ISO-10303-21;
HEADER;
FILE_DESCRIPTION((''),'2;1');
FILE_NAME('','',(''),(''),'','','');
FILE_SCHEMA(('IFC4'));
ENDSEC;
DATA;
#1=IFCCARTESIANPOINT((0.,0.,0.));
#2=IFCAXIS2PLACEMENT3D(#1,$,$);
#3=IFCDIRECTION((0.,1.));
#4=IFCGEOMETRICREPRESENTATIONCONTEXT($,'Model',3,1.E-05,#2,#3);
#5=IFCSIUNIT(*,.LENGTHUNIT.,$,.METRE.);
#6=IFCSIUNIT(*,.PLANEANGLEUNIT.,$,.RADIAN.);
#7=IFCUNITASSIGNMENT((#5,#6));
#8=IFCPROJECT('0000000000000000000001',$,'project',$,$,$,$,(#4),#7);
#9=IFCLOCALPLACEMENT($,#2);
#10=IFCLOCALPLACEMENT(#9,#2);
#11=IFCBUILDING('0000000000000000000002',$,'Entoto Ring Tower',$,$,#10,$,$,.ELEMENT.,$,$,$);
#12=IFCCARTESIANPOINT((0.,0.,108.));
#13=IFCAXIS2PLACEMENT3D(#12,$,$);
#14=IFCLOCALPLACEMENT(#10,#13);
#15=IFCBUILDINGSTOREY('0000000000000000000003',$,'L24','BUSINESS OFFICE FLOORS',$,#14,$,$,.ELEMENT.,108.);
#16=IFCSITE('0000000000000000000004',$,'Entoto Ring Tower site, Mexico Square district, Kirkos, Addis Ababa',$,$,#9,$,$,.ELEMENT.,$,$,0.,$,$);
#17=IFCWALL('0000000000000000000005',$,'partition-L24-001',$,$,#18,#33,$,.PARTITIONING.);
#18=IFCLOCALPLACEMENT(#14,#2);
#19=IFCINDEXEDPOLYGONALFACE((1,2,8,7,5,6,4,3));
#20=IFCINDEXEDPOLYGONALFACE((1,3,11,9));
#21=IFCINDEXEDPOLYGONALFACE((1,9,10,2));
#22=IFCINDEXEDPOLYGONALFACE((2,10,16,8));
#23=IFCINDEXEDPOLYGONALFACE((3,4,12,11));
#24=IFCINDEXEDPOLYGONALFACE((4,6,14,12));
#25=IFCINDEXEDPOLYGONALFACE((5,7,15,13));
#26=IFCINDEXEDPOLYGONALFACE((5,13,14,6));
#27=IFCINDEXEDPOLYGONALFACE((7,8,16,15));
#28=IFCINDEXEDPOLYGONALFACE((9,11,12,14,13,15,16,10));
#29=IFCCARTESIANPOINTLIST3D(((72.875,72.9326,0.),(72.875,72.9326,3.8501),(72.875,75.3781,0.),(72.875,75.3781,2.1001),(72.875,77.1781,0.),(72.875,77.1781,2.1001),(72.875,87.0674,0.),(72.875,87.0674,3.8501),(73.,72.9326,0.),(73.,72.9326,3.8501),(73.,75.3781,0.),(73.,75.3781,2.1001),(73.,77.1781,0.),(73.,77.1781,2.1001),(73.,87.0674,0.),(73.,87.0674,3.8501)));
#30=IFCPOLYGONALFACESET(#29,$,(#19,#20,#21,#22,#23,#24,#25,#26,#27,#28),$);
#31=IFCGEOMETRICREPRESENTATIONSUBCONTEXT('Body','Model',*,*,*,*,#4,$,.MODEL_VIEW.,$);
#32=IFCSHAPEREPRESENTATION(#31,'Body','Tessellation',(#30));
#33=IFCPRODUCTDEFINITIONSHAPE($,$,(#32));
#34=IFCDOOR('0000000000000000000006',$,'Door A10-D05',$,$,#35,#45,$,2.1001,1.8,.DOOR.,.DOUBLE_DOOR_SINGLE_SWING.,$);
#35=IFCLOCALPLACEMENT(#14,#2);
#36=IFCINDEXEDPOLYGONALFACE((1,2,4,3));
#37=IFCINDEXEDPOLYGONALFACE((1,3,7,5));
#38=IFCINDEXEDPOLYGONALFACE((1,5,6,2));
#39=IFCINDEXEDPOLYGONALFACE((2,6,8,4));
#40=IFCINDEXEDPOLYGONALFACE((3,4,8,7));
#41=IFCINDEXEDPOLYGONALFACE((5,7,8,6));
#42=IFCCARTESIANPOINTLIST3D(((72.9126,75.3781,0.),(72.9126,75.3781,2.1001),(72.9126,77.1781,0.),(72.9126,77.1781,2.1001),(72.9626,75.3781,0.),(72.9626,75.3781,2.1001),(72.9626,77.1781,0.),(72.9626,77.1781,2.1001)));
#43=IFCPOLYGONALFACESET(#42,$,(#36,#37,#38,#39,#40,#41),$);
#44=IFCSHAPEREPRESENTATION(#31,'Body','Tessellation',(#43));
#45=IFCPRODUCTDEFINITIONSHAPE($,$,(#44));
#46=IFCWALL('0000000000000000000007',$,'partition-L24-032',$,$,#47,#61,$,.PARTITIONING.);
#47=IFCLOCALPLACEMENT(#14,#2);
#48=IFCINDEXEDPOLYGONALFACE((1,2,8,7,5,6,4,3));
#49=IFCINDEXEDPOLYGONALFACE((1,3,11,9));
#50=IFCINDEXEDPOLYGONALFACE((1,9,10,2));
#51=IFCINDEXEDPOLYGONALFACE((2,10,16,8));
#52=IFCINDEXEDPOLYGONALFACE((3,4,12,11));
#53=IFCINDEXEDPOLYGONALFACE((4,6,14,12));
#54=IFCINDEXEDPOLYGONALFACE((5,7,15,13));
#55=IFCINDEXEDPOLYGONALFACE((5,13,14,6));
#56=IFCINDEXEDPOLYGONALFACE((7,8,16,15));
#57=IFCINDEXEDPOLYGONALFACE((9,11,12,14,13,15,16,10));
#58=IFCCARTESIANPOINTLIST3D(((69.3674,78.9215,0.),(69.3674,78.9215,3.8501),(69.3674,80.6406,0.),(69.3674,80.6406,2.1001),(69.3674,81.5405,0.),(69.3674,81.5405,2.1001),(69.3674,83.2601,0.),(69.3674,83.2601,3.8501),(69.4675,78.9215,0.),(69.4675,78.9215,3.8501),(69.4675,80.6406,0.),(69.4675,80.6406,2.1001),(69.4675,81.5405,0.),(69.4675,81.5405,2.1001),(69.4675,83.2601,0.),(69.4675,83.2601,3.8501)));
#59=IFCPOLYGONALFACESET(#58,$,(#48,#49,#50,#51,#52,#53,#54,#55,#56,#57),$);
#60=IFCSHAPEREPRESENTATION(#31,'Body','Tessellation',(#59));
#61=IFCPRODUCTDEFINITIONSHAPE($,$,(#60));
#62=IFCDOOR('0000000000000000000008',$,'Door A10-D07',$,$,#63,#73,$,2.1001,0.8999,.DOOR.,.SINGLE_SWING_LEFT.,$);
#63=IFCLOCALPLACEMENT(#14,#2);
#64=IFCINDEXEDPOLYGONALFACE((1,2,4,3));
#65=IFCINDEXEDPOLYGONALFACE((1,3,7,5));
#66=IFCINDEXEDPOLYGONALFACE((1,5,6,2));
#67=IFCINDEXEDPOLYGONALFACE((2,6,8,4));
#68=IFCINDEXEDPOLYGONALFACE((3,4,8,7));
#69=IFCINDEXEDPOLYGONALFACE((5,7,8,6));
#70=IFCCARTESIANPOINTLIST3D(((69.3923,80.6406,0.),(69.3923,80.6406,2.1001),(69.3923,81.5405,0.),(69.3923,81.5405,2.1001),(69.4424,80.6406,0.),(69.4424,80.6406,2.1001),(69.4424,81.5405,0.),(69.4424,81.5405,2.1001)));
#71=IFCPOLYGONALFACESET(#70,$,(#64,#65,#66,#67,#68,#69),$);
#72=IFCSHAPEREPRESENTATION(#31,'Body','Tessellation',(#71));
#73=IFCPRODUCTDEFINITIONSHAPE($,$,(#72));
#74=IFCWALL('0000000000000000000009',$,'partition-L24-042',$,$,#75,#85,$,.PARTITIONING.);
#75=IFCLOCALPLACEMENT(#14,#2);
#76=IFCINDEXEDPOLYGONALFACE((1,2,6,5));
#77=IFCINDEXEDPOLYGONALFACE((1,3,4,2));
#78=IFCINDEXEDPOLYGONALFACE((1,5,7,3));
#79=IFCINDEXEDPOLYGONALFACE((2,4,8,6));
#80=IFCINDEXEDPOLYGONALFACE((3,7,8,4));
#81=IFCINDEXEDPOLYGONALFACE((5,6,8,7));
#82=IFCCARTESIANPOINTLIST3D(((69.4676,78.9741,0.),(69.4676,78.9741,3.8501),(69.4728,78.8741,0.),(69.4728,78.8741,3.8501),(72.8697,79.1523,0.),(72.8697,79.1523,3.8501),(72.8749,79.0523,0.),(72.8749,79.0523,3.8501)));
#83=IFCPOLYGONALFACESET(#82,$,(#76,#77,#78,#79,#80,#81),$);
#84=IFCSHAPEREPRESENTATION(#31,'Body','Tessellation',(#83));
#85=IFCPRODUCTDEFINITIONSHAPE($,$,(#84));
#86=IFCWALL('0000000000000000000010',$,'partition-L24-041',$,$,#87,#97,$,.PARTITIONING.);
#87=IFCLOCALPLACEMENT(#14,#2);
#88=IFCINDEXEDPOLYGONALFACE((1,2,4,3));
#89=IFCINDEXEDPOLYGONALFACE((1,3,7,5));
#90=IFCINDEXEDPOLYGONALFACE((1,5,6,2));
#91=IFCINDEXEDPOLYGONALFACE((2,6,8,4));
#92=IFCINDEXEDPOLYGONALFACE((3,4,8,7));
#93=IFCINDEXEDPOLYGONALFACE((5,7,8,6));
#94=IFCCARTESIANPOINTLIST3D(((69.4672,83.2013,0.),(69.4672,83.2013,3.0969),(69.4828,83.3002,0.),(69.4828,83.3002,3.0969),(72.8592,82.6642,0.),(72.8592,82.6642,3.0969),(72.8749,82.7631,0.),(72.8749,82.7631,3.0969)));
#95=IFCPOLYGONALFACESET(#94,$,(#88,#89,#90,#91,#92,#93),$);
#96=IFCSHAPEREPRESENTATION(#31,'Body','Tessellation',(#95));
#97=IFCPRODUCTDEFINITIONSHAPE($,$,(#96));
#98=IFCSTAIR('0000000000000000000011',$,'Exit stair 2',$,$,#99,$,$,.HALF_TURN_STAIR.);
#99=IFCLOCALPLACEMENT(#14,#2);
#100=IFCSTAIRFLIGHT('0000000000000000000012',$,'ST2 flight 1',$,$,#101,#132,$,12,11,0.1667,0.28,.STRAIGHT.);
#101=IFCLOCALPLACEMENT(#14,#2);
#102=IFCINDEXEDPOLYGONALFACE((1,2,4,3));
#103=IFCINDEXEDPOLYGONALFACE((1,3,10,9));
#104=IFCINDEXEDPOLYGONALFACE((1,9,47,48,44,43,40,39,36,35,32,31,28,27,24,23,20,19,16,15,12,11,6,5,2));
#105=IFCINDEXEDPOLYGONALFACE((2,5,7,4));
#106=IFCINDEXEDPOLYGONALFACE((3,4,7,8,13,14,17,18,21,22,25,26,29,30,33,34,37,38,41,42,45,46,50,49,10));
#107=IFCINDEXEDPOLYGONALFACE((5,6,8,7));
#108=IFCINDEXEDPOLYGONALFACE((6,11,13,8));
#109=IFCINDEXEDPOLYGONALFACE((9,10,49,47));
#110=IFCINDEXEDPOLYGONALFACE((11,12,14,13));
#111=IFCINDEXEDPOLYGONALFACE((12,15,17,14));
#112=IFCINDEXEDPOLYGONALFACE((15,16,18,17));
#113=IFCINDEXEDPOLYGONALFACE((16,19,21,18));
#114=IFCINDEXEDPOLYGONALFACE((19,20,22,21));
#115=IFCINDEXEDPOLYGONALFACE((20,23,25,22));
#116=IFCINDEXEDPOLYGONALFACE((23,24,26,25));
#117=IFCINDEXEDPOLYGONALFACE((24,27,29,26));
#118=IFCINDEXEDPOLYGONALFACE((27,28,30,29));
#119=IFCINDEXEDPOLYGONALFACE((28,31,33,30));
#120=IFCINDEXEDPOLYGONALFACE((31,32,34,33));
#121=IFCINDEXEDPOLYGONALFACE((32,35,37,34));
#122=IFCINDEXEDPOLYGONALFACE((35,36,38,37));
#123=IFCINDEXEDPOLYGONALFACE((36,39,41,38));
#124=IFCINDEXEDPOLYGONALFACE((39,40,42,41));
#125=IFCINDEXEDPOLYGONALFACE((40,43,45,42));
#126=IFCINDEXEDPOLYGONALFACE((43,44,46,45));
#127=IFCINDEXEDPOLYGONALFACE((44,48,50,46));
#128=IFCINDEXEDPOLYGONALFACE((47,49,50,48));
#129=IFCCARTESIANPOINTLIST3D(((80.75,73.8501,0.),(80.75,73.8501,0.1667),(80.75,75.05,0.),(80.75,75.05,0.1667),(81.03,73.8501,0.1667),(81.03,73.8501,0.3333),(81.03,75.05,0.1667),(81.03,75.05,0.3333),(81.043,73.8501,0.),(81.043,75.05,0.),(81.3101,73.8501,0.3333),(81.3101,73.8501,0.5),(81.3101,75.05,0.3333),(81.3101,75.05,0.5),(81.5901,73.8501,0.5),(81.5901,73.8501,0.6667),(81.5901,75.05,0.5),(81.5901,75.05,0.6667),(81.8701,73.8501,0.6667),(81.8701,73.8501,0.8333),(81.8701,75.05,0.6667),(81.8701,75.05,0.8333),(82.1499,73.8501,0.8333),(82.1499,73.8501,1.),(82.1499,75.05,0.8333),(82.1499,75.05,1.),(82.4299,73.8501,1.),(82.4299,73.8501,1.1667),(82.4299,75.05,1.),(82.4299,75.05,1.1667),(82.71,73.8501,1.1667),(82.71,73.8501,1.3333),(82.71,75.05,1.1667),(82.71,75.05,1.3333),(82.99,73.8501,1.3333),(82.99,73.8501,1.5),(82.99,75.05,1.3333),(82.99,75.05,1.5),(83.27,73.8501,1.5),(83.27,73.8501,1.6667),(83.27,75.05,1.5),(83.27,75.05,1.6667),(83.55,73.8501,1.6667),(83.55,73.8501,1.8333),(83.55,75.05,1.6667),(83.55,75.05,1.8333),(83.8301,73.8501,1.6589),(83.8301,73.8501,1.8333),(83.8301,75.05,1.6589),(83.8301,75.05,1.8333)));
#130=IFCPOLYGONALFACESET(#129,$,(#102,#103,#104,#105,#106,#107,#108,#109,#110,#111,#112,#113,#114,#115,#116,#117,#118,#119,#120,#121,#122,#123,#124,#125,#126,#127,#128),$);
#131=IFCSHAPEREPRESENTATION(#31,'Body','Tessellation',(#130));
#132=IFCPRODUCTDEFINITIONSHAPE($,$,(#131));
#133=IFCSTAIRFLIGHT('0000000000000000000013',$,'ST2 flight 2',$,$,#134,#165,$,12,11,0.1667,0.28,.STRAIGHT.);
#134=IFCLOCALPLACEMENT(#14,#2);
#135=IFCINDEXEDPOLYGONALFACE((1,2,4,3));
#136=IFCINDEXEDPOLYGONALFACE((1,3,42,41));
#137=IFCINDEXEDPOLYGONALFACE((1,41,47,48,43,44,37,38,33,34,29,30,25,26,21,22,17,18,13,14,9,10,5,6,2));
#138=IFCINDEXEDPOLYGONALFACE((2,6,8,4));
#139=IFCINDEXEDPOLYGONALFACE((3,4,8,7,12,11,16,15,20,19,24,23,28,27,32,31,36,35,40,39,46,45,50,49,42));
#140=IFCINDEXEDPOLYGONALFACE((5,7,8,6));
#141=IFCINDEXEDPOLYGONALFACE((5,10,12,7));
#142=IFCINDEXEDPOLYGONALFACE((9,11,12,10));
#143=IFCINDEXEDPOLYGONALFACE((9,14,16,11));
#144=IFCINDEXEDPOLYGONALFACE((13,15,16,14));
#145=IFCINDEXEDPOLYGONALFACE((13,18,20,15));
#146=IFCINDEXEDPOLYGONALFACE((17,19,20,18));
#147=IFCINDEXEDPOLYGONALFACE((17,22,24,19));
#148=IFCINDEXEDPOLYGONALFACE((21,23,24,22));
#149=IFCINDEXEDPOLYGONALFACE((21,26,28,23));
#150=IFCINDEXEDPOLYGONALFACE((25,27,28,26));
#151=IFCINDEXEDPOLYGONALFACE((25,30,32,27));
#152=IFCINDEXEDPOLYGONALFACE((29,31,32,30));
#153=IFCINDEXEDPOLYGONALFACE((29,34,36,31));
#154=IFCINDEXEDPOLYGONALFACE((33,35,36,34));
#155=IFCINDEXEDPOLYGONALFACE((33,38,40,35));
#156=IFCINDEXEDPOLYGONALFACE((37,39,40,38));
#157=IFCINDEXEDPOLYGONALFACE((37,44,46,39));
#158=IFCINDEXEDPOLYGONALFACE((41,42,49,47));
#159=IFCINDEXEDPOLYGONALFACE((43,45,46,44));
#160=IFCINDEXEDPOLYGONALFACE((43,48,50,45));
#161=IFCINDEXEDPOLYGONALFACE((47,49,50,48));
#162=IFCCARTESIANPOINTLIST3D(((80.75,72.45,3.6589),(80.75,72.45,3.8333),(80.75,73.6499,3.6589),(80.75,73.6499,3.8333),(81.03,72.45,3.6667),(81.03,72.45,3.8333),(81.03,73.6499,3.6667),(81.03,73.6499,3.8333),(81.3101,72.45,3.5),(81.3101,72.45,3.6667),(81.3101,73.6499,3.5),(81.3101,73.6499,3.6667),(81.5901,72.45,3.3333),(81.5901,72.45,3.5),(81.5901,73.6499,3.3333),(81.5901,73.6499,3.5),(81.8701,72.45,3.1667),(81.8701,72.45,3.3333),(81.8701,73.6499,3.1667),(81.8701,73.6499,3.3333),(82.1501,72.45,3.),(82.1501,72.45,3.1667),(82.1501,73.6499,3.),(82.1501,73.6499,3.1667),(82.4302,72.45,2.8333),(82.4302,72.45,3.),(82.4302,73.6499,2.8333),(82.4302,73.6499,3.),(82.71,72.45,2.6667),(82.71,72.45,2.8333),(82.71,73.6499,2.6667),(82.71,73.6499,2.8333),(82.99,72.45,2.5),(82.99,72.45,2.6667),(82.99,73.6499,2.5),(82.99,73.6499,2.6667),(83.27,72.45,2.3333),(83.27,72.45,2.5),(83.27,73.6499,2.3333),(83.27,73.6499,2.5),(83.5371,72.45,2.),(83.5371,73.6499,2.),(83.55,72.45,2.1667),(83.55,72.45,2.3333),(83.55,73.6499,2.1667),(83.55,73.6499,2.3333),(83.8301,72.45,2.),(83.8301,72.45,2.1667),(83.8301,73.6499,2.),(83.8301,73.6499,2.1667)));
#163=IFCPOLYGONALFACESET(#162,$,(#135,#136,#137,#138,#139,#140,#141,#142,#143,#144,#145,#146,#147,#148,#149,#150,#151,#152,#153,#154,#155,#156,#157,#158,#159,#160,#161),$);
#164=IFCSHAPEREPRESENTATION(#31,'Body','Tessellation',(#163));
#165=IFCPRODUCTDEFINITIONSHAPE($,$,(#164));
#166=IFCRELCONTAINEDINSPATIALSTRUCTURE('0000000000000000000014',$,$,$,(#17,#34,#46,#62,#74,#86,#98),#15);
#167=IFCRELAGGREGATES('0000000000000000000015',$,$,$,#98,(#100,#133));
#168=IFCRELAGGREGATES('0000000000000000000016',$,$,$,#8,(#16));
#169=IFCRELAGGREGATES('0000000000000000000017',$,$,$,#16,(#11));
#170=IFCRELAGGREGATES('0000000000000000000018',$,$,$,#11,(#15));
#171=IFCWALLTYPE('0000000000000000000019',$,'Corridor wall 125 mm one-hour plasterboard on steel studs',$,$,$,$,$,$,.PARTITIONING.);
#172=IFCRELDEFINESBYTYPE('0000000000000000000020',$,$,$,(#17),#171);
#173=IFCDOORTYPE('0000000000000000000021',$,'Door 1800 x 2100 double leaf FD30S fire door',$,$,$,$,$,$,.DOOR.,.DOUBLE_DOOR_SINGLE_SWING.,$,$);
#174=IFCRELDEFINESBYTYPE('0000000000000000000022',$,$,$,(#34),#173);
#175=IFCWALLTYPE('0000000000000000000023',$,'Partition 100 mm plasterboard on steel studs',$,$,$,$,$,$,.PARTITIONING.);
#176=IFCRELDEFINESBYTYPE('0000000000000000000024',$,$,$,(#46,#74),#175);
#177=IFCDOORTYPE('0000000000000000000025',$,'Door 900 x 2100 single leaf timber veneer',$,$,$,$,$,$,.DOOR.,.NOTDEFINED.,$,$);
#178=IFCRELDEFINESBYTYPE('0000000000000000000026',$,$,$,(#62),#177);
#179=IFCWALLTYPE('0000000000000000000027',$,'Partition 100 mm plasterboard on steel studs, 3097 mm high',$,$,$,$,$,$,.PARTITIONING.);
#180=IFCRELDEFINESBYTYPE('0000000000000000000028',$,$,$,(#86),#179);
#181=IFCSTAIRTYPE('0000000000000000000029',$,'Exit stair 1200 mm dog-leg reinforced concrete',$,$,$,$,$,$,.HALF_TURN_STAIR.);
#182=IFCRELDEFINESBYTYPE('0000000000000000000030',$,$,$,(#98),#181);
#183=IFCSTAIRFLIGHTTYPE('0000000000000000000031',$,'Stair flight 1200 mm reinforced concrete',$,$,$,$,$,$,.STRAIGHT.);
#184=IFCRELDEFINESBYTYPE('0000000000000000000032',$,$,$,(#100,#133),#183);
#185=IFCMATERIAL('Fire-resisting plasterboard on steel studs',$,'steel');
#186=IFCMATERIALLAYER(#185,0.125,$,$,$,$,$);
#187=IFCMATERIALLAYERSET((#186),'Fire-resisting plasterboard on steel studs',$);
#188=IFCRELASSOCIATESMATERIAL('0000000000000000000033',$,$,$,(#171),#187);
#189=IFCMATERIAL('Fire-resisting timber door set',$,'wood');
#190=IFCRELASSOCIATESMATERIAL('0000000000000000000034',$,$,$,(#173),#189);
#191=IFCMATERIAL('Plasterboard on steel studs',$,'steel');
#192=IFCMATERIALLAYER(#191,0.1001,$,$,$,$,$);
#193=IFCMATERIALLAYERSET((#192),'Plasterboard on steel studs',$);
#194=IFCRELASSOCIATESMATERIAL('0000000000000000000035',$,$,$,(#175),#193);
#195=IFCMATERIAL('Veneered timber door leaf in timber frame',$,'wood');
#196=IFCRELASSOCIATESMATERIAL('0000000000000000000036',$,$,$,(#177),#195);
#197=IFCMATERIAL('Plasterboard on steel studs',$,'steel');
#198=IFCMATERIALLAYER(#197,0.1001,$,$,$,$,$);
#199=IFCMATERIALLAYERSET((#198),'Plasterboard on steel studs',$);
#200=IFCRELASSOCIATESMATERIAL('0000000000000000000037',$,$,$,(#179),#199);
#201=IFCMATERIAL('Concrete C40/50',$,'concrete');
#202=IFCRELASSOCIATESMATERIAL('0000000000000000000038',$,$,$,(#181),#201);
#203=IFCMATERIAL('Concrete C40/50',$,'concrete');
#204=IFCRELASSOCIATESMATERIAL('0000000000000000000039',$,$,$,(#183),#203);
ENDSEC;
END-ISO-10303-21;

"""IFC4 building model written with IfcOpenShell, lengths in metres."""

from ifc_helpers import new_model, si_unit, direction, frame, frame_2d, origin, place, context, subcontext, project, spatial, polyline, rectangle, outline, extrude, material, layer, layer_set, type_object, element, fill, aggregate, save


model = new_model("IFC4")

# Units and contexts
model_context = context("Model", 3, precision=1e-05, world=origin(), true_north=direction((0.0, 1.0)))
body_context = subcontext(model_context, "Body", "Model", "MODEL_VIEW")
ifc_project = project(units=[si_unit("LENGTHUNIT", "METRE"), si_unit("PLANEANGLEUNIT", "RADIAN")], contexts=[model_context])

# Site, building, storey
site_placement = place(None, origin())
site = spatial("IfcSite", under=ifc_project, at=site_placement, Name="Entoto Ring Tower site, Mexico Square district, Kirkos, Addis Ababa", CompositionType="ELEMENT", RefElevation=0.0)
building_placement = place(site_placement, origin())
building = spatial("IfcBuilding", under=site, at=building_placement, Name="Entoto Ring Tower", CompositionType="ELEMENT")
storey_placement = place(building_placement, frame((0.0, 0.0, 108.0)))
storey = spatial("IfcBuildingStorey", under=building, at=storey_placement, Name="L24", Description="BUSINESS OFFICE FLOORS", CompositionType="ELEMENT", Elevation=108.0)

# Walls, openings, doors
ifc_material_1 = material(Name="Fire-resisting plasterboard on steel studs", Category="steel")
ifc_layer_1 = layer(ifc_material_1, 0.125)
ifc_layer_set_1 = layer_set([ifc_layer_1], Name="Fire-resisting plasterboard on steel studs")
wall_type_1 = type_object("IfcWallType", Name="Corridor wall 125 mm one-hour plasterboard on steel studs", PredefinedType="PARTITIONING", material=ifc_layer_set_1)
wall_1_placement = place(storey_placement, frame((72.9375, 72.9326, 0.0), z_axis=(0.0, 0.0, 1.0), x_axis=(0.0, 1.0, 0.0)))
wall_1 = element("IfcWall", 1, at=wall_1_placement, inside=storey, type_object=wall_type_1, Name="partition-L24-001", PredefinedType="PARTITIONING", context=body_context, shape_type="SweptSolid", body=[
    extrude(rectangle(XDim=14.1348, YDim=0.125, at=frame_2d((7.0674, 0.0))), origin(), (0.0, 0.0, 1.0), 3.8501),
])
opening_1_placement = place(wall_1_placement, frame((2.4456, 0.0, 0.0)))
opening_1 = element("IfcOpeningElement", 2, at=opening_1_placement, cuts=wall_1, PredefinedType="OPENING", context=body_context, shape_type="SweptSolid", body=[
    extrude(rectangle(XDim=1.8, YDim=2.1001, at=frame_2d((0.8999, 1.05))), frame((0.0, 0.0725, 0.0), z_axis=(0.0, -1.0, 0.0), x_axis=(1.0, 0.0, 0.0)), (0.0, 0.0, 1.0), 0.145),
])
ifc_material_2 = material(Name="Fire-resisting timber door set", Category="wood")
door_type_1 = type_object("IfcDoorType", Name="Door 1800 x 2100 double leaf FD30S fire door", OperationType="DOUBLE_DOOR_SINGLE_SWING", PredefinedType="DOOR", material=ifc_material_2)
door_1_placement = place(opening_1_placement, origin())
door_1 = element("IfcDoor", 3, at=door_1_placement, inside=storey, type_object=door_type_1, Name="Door A10-D05", OperationType="DOUBLE_DOOR_SINGLE_SWING", OverallHeight=2.1001, OverallWidth=1.8, PredefinedType="DOOR", context=body_context, shape_type="SweptSolid", body=[
    extrude(rectangle(XDim=1.8, YDim=2.1001, at=frame_2d((0.8999, 1.05))), frame((0.0, 0.0249, 0.0), z_axis=(0.0, -1.0, 0.0), x_axis=(1.0, 0.0, 0.0)), (0.0, 0.0, 1.0), 0.05),
])
fill(opening_1, door_1)
ifc_material_3 = material(Name="Plasterboard on steel studs", Category="steel")
ifc_layer_2 = layer(ifc_material_3, 0.1001)
ifc_layer_set_2 = layer_set([ifc_layer_2], Name="Plasterboard on steel studs")
wall_type_2 = type_object("IfcWallType", Name="Partition 100 mm plasterboard on steel studs", PredefinedType="PARTITIONING", material=ifc_layer_set_2)
wall_2_placement = place(storey_placement, frame((69.4175, 78.9214, 0.0), z_axis=(0.0, 0.0, 1.0), x_axis=(0.0, 1.0, 0.0)))
wall_2 = element("IfcWall", 4, at=wall_2_placement, inside=storey, type_object=wall_type_2, Name="partition-L24-032", PredefinedType="PARTITIONING", context=body_context, shape_type="SweptSolid", body=[
    extrude(rectangle(XDim=4.3386, YDim=0.1001, at=frame_2d((2.1694, 0.0))), origin(), (0.0, 0.0, 1.0), 3.8501),
])
opening_2_placement = place(wall_2_placement, frame((1.7192, 0.0, 0.0)))
opening_2 = element("IfcOpeningElement", 5, at=opening_2_placement, cuts=wall_2, PredefinedType="OPENING", context=body_context, shape_type="SweptSolid", body=[
    extrude(rectangle(XDim=0.8999, YDim=2.1001, at=frame_2d((0.45, 1.05))), frame((0.0, 0.0601, 0.0), z_axis=(0.0, -1.0, 0.0), x_axis=(1.0, 0.0, 0.0)), (0.0, 0.0, 1.0), 0.1201),
])
ifc_material_4 = material(Name="Veneered timber door leaf in timber frame", Category="wood")
door_type_2 = type_object("IfcDoorType", Name="Door 900 x 2100 single leaf timber veneer", OperationType="NOTDEFINED", PredefinedType="DOOR", material=ifc_material_4)
door_2_placement = place(opening_2_placement, frame((0.8999, 0.0, 0.0), z_axis=(0.0, 0.0, 1.0), x_axis=(-1.0, 0.0, 0.0)))
door_2 = element("IfcDoor", 6, at=door_2_placement, inside=storey, type_object=door_type_2, Name="Door A10-D07", OperationType="SINGLE_SWING_LEFT", OverallHeight=2.1001, OverallWidth=0.8999, PredefinedType="DOOR", context=body_context, shape_type="SweptSolid", body=[
    extrude(rectangle(XDim=0.8999, YDim=2.1001, at=frame_2d((0.45, 1.05))), frame((0.0, 0.0249, 0.0), z_axis=(0.0, -1.0, 0.0), x_axis=(1.0, 0.0, 0.0)), (0.0, 0.0, 1.0), 0.05),
])
fill(opening_2, door_2)

# Walls
wall_3_placement = place(storey_placement, frame((69.4702, 78.9241, 0.0), z_axis=(0.0, 0.0, 1.0), x_axis=(0.998631, 0.052314, 0.0)))
element("IfcWall", 7, at=wall_3_placement, inside=storey, type_object=wall_type_2, Name="partition-L24-042", PredefinedType="PARTITIONING", context=body_context, shape_type="SweptSolid", body=[
    extrude(rectangle(XDim=3.4067, YDim=0.1001, at=frame_2d((1.7034, 0.0))), origin(), (0.0, 0.0, 1.0), 3.8501),
])
ifc_material_5 = material(Name="Plasterboard on steel studs", Category="steel")
ifc_layer_3 = layer(ifc_material_5, 0.1001)
ifc_layer_set_3 = layer_set([ifc_layer_3], Name="Plasterboard on steel studs")
wall_type_3 = type_object("IfcWallType", Name="Partition 100 mm plasterboard on steel studs, 3097 mm high", PredefinedType="PARTITIONING", material=ifc_layer_set_3)
wall_4_placement = place(storey_placement, frame((72.8672, 82.7136, 0.0), z_axis=(0.0, 0.0, 1.0), x_axis=(-0.987695, 0.156393, 0.0)))
element("IfcWall", 8, at=wall_4_placement, inside=storey, type_object=wall_type_3, Name="partition-L24-041", PredefinedType="PARTITIONING", context=body_context, shape_type="SweptSolid", body=[
    extrude(rectangle(XDim=3.4343, YDim=0.1001, at=frame_2d((1.7173, 0.0))), origin(), (0.0, 0.0, 1.0), 3.0969),
])

# Stair, stair flights
ifc_material_6 = material(Name="Concrete C40/50", Category="concrete")
stair_type = type_object("IfcStairType", Name="Exit stair 1200 mm dog-leg reinforced concrete", PredefinedType="HALF_TURN_STAIR", material=ifc_material_6)
stair_placement = place(storey_placement, origin())
stair = element("IfcStair", 9, at=stair_placement, inside=storey, type_object=stair_type, Name="Exit stair 2", PredefinedType="HALF_TURN_STAIR")
ifc_material_7 = material(Name="Concrete C40/50", Category="concrete")
stair_flight_type = type_object("IfcStairFlightType", Name="Stair flight 1200 mm reinforced concrete", PredefinedType="STRAIGHT", material=ifc_material_7)
stair_flight_1_placement = place(storey_placement, frame((80.75, 74.45, 0.0), z_axis=(0.0, 0.0, 1.0), x_axis=(1.0, 0.0, 0.0)))
stair_flight_1 = element("IfcStairFlight", 10, at=stair_flight_1_placement, type_object=stair_flight_type, Name="ST2 flight 1", NumberOfRisers=12, NumberOfTreads=11, PredefinedType="STRAIGHT", RiserHeight=0.1667, TreadLength=0.28, context=body_context, shape_type="SweptSolid", body=[
    extrude(outline(polyline([(0.0, 0.0), (0.0, 0.1667), (0.28, 0.1667), (0.28, 0.3333), (0.5601, 0.3333), (0.5601, 0.5), (0.8401, 0.5), (0.8401, 0.6667), (1.1201, 0.6667), (1.1201, 0.8333), (1.3999, 0.8333), (1.3999, 1.0), (1.6799, 1.0), (1.6799, 1.1667), (1.96, 1.1667), (1.96, 1.3333), (2.24, 1.3333), (2.24, 1.5), (2.52, 1.5), (2.52, 1.6667), (2.8, 1.6667), (2.8, 1.8333), (3.0801, 1.8333), (3.0801, 2.0), (3.0801, 1.6589), (0.293, 0.0), (0.0, 0.0)])), frame((0.0, 0.6001, 0.0), z_axis=(0.0, -1.0, 0.0), x_axis=(1.0, 0.0, 0.0)), (0.0, 0.0, 1.0), 1.2),
])
stair_flight_2_placement = place(storey_placement, frame((83.8301, 73.05, 2.0), z_axis=(0.0, 0.0, 1.0), x_axis=(-1.0, 0.0, 0.0)))
stair_flight_2 = element("IfcStairFlight", 11, at=stair_flight_2_placement, type_object=stair_flight_type, Name="ST2 flight 2", NumberOfRisers=12, NumberOfTreads=11, PredefinedType="STRAIGHT", RiserHeight=0.1667, TreadLength=0.28, context=body_context, shape_type="SweptSolid", body=[
    extrude(outline(polyline([(0.0, 0.0), (0.0, 0.1667), (0.28, 0.1667), (0.28, 0.3333), (0.5601, 0.3333), (0.5601, 0.5), (0.8401, 0.5), (0.8401, 0.6667), (1.1201, 0.6667), (1.1201, 0.8333), (1.3999, 0.8333), (1.3999, 1.0), (1.6799, 1.0), (1.6799, 1.1667), (1.96, 1.1667), (1.96, 1.3333), (2.24, 1.3333), (2.24, 1.5), (2.52, 1.5), (2.52, 1.6667), (2.8, 1.6667), (2.8, 1.8333), (3.0801, 1.8333), (3.0801, 2.0), (3.0801, 1.6589), (0.293, 0.0), (0.0, 0.0)])), frame((0.0, 0.6001, 0.0), z_axis=(0.0, -1.0, 0.0), x_axis=(1.0, 0.0, 0.0)), (0.0, 0.0, 1.0), 1.2),
])
aggregate(stair, [stair_flight_1, stair_flight_2])

save(model, "model.ifc")
